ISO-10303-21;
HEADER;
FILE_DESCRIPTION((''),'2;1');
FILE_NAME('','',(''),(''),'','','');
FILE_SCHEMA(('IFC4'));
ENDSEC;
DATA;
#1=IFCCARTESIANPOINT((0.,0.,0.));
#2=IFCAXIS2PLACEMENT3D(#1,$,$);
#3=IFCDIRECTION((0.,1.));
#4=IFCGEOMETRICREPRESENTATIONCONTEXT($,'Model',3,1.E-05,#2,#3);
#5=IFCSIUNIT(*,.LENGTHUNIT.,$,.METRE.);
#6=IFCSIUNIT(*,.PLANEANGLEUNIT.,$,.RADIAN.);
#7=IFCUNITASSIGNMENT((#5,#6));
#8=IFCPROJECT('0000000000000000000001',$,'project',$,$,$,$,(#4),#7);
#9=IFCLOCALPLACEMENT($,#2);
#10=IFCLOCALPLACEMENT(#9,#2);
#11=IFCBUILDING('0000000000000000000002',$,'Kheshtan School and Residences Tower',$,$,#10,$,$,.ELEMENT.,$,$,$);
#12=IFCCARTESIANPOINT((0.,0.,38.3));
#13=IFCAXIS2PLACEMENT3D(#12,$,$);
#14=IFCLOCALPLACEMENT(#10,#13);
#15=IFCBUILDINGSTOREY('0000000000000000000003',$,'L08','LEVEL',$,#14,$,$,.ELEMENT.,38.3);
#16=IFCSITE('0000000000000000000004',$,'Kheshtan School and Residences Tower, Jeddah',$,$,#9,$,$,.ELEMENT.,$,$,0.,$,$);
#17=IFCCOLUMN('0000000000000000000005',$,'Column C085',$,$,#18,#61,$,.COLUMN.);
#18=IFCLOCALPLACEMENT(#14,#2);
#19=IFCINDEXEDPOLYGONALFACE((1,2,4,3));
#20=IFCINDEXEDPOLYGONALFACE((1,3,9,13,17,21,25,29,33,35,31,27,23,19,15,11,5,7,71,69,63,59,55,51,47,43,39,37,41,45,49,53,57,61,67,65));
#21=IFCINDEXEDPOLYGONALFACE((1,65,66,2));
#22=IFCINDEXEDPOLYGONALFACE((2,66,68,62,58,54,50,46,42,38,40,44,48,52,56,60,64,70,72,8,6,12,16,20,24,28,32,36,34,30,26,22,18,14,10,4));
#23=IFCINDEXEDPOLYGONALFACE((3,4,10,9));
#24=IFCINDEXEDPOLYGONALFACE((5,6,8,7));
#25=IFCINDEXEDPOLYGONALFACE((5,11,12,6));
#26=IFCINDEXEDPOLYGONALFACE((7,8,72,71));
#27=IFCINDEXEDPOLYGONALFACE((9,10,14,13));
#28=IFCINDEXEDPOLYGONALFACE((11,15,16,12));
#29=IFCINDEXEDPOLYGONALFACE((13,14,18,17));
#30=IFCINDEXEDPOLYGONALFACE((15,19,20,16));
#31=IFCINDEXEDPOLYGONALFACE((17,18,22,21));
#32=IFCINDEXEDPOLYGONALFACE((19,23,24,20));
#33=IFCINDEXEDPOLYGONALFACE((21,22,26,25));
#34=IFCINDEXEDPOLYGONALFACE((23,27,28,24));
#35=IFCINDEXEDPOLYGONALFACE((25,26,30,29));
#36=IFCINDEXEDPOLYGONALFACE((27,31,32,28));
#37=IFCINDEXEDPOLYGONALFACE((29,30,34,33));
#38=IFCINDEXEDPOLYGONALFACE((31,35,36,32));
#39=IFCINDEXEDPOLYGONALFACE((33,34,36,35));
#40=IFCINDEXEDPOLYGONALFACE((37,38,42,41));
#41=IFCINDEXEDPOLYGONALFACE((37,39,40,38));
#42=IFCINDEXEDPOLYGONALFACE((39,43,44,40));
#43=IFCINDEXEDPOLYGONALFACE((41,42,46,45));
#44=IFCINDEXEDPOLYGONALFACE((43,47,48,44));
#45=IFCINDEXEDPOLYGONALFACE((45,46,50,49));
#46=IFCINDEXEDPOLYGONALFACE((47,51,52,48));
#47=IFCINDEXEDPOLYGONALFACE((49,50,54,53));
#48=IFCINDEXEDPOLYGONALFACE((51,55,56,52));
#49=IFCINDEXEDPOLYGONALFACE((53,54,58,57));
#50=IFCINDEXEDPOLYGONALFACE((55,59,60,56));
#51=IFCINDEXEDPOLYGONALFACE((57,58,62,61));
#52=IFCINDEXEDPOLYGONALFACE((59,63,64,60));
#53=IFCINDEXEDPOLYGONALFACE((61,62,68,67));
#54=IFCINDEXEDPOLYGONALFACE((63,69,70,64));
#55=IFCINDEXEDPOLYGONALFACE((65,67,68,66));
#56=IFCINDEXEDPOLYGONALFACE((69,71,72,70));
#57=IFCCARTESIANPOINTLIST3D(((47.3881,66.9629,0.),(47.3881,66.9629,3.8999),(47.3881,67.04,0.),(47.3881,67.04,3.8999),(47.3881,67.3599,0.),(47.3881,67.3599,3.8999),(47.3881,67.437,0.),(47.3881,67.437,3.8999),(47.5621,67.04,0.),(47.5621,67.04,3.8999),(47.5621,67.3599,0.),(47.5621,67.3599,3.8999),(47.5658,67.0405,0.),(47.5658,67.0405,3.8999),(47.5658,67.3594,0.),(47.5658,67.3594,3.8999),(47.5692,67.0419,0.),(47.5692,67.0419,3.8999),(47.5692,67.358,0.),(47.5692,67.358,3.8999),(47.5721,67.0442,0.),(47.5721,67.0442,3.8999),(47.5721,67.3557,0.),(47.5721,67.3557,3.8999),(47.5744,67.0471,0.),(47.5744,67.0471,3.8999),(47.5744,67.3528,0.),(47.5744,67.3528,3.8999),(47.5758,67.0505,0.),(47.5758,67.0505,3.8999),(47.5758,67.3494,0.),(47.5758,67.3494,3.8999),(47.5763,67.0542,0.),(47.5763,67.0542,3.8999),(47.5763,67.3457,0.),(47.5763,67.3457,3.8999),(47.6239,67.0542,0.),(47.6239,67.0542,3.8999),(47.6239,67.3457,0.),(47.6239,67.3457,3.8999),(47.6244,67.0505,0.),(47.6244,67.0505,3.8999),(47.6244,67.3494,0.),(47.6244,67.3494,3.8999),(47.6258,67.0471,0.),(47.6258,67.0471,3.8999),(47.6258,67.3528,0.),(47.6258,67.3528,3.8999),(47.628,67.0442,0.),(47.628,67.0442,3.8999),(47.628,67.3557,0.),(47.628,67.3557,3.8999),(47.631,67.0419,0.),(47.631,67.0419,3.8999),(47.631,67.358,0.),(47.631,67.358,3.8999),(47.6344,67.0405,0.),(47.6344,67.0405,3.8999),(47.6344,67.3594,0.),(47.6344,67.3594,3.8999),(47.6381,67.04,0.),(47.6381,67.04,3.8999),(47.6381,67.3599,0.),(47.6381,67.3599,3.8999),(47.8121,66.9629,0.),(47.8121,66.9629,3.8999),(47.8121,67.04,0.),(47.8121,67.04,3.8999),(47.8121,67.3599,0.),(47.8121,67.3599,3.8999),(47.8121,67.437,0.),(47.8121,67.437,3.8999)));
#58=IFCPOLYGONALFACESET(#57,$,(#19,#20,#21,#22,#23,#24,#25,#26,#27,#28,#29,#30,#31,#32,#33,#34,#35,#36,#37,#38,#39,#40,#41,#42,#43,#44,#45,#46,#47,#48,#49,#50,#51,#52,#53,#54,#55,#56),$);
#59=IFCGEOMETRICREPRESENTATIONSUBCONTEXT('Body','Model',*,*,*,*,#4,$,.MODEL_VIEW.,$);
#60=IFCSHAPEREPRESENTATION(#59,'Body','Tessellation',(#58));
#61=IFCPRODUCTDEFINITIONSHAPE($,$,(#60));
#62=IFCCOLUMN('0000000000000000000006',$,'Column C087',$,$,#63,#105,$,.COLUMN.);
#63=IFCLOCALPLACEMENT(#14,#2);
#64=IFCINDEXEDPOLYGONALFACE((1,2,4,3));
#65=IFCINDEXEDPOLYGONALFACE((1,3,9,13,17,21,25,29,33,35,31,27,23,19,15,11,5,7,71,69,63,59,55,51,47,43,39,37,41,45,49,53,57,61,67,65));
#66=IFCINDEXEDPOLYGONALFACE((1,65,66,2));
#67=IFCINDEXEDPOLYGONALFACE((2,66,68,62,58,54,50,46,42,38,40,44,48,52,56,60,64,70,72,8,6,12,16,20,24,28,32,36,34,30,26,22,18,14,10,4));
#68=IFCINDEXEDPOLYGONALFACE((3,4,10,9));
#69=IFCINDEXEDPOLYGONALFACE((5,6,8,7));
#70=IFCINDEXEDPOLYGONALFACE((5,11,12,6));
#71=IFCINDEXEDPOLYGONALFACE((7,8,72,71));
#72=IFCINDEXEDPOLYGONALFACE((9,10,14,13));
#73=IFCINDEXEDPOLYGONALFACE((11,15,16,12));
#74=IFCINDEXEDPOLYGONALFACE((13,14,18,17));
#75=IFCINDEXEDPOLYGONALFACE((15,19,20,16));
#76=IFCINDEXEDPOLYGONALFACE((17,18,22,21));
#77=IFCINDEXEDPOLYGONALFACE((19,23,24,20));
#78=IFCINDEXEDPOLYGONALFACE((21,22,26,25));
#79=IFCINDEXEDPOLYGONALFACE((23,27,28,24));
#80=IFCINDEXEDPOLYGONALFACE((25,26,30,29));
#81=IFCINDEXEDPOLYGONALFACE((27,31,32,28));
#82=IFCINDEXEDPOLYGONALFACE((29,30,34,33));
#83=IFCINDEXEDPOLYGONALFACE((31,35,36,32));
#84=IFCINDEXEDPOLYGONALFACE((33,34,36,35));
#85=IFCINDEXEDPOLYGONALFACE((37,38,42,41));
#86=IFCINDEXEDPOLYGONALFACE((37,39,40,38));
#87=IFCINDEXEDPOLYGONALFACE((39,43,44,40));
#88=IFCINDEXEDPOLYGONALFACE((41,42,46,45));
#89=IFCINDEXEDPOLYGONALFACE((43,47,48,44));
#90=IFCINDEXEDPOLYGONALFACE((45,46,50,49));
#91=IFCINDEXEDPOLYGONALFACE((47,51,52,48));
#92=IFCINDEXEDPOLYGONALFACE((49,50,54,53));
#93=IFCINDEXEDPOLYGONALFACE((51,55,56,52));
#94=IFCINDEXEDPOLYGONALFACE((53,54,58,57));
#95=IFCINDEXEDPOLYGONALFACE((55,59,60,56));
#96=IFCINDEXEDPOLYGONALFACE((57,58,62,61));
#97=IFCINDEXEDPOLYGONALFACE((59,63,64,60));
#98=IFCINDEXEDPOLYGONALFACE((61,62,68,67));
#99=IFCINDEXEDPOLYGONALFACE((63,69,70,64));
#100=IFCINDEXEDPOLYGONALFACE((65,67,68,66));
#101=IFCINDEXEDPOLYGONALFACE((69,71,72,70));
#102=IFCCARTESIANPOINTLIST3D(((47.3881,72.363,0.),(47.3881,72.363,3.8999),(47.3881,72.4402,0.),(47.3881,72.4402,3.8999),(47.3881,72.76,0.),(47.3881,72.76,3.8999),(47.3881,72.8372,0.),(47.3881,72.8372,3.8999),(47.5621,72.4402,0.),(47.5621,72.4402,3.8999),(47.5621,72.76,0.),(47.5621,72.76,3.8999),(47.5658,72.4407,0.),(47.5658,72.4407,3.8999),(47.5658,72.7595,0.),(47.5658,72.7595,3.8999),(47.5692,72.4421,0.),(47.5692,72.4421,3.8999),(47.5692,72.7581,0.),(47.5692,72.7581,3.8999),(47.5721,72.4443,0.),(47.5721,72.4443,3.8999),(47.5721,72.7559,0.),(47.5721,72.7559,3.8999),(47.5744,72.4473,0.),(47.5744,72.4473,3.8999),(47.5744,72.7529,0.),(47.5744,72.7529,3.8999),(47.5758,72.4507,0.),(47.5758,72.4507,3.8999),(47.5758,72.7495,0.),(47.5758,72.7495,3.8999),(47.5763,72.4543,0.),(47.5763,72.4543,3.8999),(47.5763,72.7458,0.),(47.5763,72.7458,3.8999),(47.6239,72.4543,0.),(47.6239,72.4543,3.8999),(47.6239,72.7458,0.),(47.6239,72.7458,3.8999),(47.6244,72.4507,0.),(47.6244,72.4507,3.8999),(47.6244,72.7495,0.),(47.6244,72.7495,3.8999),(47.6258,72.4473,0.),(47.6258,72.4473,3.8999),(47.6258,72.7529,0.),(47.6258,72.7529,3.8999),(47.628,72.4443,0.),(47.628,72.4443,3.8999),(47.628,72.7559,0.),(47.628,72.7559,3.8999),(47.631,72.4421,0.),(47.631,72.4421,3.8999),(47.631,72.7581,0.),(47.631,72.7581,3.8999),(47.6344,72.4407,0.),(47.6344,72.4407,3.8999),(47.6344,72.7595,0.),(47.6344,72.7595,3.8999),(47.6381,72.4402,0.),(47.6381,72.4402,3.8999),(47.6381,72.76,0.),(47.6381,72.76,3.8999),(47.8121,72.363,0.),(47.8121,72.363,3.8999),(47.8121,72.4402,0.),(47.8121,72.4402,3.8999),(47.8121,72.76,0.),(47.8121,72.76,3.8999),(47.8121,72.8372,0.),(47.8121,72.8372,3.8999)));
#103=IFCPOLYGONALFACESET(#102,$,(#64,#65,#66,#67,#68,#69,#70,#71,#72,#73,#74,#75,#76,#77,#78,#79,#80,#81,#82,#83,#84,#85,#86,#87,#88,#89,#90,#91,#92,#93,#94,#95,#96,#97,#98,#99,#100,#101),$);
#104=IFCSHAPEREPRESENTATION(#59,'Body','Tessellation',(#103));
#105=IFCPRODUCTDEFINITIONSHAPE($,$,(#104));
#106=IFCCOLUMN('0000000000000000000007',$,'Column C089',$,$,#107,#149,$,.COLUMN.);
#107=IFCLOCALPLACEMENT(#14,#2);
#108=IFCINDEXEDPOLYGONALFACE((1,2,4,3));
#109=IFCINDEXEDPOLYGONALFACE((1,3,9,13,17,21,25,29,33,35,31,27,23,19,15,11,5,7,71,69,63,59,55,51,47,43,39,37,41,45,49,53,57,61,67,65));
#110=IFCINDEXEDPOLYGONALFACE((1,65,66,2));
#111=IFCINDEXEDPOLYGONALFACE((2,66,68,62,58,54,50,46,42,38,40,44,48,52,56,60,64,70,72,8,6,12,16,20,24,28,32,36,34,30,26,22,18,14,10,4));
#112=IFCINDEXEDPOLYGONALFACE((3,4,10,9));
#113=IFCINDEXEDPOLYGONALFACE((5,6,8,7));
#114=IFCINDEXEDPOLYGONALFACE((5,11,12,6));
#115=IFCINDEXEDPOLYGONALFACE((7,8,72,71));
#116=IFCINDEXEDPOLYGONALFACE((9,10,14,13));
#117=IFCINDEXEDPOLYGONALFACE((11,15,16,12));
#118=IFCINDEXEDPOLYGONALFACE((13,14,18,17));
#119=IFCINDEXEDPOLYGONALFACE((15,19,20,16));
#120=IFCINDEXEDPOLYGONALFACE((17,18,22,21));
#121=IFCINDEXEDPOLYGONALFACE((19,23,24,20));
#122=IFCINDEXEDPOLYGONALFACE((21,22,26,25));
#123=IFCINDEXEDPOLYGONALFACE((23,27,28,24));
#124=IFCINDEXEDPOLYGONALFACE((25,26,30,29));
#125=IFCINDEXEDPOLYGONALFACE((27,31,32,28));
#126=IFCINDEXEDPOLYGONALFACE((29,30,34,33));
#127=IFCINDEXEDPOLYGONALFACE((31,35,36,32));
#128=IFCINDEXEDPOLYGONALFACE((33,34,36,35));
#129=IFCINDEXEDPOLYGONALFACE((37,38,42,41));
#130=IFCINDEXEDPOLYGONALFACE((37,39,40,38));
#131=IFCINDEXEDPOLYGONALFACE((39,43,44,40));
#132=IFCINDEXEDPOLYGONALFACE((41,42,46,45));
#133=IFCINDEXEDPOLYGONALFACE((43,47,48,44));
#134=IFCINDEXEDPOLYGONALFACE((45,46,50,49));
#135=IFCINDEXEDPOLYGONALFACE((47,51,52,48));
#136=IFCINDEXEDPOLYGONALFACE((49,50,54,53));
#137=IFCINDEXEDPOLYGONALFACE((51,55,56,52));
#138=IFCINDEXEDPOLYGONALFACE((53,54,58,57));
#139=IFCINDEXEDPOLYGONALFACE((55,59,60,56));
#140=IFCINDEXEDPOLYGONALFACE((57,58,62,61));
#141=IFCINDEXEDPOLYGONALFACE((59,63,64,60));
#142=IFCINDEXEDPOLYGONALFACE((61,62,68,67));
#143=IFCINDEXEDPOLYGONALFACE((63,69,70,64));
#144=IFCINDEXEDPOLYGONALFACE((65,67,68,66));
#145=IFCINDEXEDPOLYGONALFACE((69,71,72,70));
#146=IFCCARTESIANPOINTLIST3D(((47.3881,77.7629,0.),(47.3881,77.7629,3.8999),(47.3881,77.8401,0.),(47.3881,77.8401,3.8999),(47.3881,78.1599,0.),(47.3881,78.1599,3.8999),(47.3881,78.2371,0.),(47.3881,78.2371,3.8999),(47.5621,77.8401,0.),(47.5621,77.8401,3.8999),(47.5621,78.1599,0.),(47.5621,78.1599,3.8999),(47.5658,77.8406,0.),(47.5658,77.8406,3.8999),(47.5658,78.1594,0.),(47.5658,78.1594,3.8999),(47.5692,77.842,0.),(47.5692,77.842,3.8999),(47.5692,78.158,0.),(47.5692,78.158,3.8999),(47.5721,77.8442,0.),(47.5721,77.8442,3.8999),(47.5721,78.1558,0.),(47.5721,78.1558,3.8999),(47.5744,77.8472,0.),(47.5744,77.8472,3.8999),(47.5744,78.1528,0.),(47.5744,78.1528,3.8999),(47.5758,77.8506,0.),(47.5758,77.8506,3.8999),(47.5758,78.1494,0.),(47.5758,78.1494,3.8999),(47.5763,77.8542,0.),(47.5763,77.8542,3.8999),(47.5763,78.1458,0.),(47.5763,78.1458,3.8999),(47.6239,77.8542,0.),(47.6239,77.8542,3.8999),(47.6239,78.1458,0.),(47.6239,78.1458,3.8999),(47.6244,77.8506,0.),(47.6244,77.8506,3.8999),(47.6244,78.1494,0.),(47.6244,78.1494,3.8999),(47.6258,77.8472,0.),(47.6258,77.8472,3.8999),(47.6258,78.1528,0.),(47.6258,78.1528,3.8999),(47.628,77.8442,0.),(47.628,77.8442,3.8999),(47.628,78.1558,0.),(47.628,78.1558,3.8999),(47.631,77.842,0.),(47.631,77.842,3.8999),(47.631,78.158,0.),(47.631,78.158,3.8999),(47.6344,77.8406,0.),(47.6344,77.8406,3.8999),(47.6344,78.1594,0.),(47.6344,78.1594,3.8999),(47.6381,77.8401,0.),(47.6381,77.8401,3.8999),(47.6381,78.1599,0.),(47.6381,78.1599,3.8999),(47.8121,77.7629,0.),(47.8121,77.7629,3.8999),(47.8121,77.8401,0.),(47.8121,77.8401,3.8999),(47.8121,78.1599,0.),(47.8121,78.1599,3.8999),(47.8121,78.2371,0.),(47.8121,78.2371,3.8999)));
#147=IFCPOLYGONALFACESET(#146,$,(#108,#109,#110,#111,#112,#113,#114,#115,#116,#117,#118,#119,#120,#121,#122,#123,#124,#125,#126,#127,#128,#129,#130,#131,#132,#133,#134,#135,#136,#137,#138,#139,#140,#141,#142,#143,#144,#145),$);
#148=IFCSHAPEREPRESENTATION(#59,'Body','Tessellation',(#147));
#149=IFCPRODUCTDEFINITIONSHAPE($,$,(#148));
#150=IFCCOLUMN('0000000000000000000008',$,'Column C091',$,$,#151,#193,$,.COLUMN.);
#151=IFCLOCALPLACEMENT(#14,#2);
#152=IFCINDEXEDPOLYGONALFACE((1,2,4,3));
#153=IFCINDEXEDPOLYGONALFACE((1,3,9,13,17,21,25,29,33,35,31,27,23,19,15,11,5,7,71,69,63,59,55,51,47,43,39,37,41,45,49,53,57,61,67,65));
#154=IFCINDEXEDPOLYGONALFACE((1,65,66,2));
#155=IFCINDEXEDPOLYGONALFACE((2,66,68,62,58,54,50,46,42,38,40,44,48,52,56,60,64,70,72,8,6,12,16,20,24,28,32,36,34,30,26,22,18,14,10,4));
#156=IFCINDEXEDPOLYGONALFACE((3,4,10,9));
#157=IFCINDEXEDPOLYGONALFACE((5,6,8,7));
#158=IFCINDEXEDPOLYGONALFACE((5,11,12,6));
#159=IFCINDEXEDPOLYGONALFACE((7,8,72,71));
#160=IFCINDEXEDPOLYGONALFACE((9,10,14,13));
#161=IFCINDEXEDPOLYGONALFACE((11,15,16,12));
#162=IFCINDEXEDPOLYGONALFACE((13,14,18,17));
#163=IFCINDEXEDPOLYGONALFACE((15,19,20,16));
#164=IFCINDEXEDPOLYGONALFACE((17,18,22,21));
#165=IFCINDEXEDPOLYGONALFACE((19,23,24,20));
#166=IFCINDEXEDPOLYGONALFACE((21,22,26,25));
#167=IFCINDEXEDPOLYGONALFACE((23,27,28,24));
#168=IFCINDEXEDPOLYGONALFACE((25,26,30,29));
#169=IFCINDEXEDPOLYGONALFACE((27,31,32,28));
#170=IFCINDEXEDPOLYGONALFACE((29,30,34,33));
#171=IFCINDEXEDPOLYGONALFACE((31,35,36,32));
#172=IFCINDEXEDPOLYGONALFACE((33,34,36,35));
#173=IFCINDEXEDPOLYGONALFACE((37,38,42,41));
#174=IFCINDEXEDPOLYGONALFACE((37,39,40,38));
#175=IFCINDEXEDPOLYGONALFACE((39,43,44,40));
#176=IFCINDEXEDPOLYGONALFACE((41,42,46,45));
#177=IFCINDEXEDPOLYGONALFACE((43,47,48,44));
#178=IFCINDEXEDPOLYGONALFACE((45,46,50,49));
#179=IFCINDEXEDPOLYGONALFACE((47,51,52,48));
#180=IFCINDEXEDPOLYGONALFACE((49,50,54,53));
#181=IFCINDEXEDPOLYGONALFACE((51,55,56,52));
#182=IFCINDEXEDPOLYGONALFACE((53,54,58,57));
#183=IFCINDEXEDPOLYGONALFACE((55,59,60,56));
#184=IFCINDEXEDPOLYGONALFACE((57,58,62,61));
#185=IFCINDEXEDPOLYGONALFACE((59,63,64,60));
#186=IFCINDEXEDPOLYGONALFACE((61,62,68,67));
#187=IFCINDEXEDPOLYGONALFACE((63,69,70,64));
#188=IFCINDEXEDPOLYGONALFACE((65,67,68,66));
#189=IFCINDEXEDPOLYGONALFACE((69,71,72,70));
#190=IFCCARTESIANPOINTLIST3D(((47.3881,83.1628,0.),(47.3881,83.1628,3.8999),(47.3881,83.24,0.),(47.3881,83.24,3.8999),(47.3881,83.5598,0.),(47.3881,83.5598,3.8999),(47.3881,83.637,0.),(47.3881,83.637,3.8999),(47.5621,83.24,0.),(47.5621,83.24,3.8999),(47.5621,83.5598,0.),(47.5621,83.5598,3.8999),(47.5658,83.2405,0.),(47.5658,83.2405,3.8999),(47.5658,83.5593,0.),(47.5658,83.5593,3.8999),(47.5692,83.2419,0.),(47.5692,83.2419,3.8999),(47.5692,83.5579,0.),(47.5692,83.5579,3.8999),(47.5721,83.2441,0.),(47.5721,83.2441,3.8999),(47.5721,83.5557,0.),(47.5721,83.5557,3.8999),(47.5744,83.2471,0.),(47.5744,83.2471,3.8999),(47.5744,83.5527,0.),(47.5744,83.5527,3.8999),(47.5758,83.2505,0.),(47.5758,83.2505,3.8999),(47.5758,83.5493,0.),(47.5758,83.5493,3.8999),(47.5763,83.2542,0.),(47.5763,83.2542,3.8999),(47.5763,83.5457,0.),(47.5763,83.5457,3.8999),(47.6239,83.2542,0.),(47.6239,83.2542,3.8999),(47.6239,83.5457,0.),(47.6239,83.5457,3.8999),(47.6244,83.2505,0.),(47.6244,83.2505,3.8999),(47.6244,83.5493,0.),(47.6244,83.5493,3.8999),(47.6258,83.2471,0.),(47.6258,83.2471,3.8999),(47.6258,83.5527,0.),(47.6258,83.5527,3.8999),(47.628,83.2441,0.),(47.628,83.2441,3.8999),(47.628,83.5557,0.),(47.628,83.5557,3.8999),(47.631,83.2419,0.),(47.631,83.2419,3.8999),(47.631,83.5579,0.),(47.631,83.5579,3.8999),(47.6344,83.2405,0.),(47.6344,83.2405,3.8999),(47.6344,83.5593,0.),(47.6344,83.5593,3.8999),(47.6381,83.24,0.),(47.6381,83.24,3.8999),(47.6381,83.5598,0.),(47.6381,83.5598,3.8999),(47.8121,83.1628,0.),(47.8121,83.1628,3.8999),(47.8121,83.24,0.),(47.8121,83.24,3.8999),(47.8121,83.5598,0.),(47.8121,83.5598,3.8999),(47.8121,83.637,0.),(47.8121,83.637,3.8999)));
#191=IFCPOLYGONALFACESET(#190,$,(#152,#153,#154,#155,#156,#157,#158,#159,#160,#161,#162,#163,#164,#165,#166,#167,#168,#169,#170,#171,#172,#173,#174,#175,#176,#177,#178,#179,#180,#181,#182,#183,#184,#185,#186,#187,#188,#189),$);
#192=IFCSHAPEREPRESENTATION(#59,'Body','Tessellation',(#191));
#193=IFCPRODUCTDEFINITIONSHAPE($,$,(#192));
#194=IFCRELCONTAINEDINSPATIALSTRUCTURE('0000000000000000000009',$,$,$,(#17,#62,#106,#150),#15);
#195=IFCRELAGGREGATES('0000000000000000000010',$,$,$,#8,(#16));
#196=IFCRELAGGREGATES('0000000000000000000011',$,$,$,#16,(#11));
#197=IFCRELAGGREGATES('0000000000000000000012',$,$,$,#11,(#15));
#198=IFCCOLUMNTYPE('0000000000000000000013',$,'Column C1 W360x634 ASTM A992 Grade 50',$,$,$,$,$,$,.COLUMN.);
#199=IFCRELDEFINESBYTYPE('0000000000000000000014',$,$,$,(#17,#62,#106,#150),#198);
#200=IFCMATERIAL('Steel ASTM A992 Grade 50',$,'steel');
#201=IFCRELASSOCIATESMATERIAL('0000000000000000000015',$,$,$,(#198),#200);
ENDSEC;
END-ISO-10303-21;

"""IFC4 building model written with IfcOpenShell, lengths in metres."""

from ifc_helpers import new_model, si_unit, direction, frame, origin, origin_2d, place, context, subcontext, project, spatial, i_section, extrude, material, material_profile, profile_set, type_object, element, save


model = new_model("IFC4")

# Units and contexts
model_context = context("Model", 3, precision=1e-05, world=origin(), true_north=direction((0.0, 1.0)))
body_context = subcontext(model_context, "Body", "Model", "MODEL_VIEW")
ifc_project = project(units=[si_unit("LENGTHUNIT", "METRE"), si_unit("PLANEANGLEUNIT", "RADIAN")], contexts=[model_context])

# Site, building, storey
site_placement = place(None, origin())
site = spatial("IfcSite", under=ifc_project, at=site_placement, Name="Kheshtan School and Residences Tower, Jeddah", CompositionType="ELEMENT", RefElevation=0.0)
building_placement = place(site_placement, origin())
building = spatial("IfcBuilding", under=site, at=building_placement, Name="Kheshtan School and Residences Tower", CompositionType="ELEMENT")
storey_placement = place(building_placement, frame((0.0, 0.0, 38.3)))
storey = spatial("IfcBuildingStorey", under=building, at=storey_placement, Name="L08", Description="LEVEL", CompositionType="ELEMENT", Elevation=38.3)

# Columns
ifc_material_1 = material(Name="Steel ASTM A992 Grade 50", Category="steel")
ifc_material_profile_1 = material_profile(ifc_material_1, i_section(OverallWidth=0.4241, OverallDepth=0.4741, WebThickness=0.0476, FlangeThickness=0.0771, FilletRadius=0.0142, at=origin_2d()), Name="W360x634")
ifc_profile_set_1 = profile_set([ifc_material_profile_1], Name="Steel ASTM A992 Grade 50")
column_type = type_object("IfcColumnType", Name="Column C1 W360x634 ASTM A992 Grade 50", PredefinedType="COLUMN", material=ifc_profile_set_1)
for number, where, z_axis, x_axis, name in (
    (1, (47.6001, 67.2, 0.0), (0.0, 0.0, 1.0), (1.0, 0.0, 0.0), "Column C085"),
    (2, (47.6001, 72.6001, 0.0), (0.0, 0.0, 1.0), (1.0, 0.0, 0.0), "Column C087"),
    (3, (47.6001, 78.0, 0.0), (0.0, 0.0, 1.0), (1.0, 0.0, 0.0), "Column C089"),
    (4, (47.6001, 83.3999, 0.0), (0.0, 0.0, 1.0), (1.0, 0.0, 0.0), "Column C091"),
):
    element("IfcColumn", number, at=place(storey_placement, frame(where, z_axis=z_axis, x_axis=x_axis)), inside=storey, type_object=column_type, Name=name, PredefinedType="COLUMN", context=body_context, shape_type="SweptSolid", body=[
        extrude(i_section(OverallWidth=0.4241, OverallDepth=0.4741, WebThickness=0.0476, FlangeThickness=0.0771, FilletRadius=0.0142, at=origin_2d()), origin(), (0.0, 0.0, 1.0), 3.8999),
    ])

save(model, "model.ifc")
